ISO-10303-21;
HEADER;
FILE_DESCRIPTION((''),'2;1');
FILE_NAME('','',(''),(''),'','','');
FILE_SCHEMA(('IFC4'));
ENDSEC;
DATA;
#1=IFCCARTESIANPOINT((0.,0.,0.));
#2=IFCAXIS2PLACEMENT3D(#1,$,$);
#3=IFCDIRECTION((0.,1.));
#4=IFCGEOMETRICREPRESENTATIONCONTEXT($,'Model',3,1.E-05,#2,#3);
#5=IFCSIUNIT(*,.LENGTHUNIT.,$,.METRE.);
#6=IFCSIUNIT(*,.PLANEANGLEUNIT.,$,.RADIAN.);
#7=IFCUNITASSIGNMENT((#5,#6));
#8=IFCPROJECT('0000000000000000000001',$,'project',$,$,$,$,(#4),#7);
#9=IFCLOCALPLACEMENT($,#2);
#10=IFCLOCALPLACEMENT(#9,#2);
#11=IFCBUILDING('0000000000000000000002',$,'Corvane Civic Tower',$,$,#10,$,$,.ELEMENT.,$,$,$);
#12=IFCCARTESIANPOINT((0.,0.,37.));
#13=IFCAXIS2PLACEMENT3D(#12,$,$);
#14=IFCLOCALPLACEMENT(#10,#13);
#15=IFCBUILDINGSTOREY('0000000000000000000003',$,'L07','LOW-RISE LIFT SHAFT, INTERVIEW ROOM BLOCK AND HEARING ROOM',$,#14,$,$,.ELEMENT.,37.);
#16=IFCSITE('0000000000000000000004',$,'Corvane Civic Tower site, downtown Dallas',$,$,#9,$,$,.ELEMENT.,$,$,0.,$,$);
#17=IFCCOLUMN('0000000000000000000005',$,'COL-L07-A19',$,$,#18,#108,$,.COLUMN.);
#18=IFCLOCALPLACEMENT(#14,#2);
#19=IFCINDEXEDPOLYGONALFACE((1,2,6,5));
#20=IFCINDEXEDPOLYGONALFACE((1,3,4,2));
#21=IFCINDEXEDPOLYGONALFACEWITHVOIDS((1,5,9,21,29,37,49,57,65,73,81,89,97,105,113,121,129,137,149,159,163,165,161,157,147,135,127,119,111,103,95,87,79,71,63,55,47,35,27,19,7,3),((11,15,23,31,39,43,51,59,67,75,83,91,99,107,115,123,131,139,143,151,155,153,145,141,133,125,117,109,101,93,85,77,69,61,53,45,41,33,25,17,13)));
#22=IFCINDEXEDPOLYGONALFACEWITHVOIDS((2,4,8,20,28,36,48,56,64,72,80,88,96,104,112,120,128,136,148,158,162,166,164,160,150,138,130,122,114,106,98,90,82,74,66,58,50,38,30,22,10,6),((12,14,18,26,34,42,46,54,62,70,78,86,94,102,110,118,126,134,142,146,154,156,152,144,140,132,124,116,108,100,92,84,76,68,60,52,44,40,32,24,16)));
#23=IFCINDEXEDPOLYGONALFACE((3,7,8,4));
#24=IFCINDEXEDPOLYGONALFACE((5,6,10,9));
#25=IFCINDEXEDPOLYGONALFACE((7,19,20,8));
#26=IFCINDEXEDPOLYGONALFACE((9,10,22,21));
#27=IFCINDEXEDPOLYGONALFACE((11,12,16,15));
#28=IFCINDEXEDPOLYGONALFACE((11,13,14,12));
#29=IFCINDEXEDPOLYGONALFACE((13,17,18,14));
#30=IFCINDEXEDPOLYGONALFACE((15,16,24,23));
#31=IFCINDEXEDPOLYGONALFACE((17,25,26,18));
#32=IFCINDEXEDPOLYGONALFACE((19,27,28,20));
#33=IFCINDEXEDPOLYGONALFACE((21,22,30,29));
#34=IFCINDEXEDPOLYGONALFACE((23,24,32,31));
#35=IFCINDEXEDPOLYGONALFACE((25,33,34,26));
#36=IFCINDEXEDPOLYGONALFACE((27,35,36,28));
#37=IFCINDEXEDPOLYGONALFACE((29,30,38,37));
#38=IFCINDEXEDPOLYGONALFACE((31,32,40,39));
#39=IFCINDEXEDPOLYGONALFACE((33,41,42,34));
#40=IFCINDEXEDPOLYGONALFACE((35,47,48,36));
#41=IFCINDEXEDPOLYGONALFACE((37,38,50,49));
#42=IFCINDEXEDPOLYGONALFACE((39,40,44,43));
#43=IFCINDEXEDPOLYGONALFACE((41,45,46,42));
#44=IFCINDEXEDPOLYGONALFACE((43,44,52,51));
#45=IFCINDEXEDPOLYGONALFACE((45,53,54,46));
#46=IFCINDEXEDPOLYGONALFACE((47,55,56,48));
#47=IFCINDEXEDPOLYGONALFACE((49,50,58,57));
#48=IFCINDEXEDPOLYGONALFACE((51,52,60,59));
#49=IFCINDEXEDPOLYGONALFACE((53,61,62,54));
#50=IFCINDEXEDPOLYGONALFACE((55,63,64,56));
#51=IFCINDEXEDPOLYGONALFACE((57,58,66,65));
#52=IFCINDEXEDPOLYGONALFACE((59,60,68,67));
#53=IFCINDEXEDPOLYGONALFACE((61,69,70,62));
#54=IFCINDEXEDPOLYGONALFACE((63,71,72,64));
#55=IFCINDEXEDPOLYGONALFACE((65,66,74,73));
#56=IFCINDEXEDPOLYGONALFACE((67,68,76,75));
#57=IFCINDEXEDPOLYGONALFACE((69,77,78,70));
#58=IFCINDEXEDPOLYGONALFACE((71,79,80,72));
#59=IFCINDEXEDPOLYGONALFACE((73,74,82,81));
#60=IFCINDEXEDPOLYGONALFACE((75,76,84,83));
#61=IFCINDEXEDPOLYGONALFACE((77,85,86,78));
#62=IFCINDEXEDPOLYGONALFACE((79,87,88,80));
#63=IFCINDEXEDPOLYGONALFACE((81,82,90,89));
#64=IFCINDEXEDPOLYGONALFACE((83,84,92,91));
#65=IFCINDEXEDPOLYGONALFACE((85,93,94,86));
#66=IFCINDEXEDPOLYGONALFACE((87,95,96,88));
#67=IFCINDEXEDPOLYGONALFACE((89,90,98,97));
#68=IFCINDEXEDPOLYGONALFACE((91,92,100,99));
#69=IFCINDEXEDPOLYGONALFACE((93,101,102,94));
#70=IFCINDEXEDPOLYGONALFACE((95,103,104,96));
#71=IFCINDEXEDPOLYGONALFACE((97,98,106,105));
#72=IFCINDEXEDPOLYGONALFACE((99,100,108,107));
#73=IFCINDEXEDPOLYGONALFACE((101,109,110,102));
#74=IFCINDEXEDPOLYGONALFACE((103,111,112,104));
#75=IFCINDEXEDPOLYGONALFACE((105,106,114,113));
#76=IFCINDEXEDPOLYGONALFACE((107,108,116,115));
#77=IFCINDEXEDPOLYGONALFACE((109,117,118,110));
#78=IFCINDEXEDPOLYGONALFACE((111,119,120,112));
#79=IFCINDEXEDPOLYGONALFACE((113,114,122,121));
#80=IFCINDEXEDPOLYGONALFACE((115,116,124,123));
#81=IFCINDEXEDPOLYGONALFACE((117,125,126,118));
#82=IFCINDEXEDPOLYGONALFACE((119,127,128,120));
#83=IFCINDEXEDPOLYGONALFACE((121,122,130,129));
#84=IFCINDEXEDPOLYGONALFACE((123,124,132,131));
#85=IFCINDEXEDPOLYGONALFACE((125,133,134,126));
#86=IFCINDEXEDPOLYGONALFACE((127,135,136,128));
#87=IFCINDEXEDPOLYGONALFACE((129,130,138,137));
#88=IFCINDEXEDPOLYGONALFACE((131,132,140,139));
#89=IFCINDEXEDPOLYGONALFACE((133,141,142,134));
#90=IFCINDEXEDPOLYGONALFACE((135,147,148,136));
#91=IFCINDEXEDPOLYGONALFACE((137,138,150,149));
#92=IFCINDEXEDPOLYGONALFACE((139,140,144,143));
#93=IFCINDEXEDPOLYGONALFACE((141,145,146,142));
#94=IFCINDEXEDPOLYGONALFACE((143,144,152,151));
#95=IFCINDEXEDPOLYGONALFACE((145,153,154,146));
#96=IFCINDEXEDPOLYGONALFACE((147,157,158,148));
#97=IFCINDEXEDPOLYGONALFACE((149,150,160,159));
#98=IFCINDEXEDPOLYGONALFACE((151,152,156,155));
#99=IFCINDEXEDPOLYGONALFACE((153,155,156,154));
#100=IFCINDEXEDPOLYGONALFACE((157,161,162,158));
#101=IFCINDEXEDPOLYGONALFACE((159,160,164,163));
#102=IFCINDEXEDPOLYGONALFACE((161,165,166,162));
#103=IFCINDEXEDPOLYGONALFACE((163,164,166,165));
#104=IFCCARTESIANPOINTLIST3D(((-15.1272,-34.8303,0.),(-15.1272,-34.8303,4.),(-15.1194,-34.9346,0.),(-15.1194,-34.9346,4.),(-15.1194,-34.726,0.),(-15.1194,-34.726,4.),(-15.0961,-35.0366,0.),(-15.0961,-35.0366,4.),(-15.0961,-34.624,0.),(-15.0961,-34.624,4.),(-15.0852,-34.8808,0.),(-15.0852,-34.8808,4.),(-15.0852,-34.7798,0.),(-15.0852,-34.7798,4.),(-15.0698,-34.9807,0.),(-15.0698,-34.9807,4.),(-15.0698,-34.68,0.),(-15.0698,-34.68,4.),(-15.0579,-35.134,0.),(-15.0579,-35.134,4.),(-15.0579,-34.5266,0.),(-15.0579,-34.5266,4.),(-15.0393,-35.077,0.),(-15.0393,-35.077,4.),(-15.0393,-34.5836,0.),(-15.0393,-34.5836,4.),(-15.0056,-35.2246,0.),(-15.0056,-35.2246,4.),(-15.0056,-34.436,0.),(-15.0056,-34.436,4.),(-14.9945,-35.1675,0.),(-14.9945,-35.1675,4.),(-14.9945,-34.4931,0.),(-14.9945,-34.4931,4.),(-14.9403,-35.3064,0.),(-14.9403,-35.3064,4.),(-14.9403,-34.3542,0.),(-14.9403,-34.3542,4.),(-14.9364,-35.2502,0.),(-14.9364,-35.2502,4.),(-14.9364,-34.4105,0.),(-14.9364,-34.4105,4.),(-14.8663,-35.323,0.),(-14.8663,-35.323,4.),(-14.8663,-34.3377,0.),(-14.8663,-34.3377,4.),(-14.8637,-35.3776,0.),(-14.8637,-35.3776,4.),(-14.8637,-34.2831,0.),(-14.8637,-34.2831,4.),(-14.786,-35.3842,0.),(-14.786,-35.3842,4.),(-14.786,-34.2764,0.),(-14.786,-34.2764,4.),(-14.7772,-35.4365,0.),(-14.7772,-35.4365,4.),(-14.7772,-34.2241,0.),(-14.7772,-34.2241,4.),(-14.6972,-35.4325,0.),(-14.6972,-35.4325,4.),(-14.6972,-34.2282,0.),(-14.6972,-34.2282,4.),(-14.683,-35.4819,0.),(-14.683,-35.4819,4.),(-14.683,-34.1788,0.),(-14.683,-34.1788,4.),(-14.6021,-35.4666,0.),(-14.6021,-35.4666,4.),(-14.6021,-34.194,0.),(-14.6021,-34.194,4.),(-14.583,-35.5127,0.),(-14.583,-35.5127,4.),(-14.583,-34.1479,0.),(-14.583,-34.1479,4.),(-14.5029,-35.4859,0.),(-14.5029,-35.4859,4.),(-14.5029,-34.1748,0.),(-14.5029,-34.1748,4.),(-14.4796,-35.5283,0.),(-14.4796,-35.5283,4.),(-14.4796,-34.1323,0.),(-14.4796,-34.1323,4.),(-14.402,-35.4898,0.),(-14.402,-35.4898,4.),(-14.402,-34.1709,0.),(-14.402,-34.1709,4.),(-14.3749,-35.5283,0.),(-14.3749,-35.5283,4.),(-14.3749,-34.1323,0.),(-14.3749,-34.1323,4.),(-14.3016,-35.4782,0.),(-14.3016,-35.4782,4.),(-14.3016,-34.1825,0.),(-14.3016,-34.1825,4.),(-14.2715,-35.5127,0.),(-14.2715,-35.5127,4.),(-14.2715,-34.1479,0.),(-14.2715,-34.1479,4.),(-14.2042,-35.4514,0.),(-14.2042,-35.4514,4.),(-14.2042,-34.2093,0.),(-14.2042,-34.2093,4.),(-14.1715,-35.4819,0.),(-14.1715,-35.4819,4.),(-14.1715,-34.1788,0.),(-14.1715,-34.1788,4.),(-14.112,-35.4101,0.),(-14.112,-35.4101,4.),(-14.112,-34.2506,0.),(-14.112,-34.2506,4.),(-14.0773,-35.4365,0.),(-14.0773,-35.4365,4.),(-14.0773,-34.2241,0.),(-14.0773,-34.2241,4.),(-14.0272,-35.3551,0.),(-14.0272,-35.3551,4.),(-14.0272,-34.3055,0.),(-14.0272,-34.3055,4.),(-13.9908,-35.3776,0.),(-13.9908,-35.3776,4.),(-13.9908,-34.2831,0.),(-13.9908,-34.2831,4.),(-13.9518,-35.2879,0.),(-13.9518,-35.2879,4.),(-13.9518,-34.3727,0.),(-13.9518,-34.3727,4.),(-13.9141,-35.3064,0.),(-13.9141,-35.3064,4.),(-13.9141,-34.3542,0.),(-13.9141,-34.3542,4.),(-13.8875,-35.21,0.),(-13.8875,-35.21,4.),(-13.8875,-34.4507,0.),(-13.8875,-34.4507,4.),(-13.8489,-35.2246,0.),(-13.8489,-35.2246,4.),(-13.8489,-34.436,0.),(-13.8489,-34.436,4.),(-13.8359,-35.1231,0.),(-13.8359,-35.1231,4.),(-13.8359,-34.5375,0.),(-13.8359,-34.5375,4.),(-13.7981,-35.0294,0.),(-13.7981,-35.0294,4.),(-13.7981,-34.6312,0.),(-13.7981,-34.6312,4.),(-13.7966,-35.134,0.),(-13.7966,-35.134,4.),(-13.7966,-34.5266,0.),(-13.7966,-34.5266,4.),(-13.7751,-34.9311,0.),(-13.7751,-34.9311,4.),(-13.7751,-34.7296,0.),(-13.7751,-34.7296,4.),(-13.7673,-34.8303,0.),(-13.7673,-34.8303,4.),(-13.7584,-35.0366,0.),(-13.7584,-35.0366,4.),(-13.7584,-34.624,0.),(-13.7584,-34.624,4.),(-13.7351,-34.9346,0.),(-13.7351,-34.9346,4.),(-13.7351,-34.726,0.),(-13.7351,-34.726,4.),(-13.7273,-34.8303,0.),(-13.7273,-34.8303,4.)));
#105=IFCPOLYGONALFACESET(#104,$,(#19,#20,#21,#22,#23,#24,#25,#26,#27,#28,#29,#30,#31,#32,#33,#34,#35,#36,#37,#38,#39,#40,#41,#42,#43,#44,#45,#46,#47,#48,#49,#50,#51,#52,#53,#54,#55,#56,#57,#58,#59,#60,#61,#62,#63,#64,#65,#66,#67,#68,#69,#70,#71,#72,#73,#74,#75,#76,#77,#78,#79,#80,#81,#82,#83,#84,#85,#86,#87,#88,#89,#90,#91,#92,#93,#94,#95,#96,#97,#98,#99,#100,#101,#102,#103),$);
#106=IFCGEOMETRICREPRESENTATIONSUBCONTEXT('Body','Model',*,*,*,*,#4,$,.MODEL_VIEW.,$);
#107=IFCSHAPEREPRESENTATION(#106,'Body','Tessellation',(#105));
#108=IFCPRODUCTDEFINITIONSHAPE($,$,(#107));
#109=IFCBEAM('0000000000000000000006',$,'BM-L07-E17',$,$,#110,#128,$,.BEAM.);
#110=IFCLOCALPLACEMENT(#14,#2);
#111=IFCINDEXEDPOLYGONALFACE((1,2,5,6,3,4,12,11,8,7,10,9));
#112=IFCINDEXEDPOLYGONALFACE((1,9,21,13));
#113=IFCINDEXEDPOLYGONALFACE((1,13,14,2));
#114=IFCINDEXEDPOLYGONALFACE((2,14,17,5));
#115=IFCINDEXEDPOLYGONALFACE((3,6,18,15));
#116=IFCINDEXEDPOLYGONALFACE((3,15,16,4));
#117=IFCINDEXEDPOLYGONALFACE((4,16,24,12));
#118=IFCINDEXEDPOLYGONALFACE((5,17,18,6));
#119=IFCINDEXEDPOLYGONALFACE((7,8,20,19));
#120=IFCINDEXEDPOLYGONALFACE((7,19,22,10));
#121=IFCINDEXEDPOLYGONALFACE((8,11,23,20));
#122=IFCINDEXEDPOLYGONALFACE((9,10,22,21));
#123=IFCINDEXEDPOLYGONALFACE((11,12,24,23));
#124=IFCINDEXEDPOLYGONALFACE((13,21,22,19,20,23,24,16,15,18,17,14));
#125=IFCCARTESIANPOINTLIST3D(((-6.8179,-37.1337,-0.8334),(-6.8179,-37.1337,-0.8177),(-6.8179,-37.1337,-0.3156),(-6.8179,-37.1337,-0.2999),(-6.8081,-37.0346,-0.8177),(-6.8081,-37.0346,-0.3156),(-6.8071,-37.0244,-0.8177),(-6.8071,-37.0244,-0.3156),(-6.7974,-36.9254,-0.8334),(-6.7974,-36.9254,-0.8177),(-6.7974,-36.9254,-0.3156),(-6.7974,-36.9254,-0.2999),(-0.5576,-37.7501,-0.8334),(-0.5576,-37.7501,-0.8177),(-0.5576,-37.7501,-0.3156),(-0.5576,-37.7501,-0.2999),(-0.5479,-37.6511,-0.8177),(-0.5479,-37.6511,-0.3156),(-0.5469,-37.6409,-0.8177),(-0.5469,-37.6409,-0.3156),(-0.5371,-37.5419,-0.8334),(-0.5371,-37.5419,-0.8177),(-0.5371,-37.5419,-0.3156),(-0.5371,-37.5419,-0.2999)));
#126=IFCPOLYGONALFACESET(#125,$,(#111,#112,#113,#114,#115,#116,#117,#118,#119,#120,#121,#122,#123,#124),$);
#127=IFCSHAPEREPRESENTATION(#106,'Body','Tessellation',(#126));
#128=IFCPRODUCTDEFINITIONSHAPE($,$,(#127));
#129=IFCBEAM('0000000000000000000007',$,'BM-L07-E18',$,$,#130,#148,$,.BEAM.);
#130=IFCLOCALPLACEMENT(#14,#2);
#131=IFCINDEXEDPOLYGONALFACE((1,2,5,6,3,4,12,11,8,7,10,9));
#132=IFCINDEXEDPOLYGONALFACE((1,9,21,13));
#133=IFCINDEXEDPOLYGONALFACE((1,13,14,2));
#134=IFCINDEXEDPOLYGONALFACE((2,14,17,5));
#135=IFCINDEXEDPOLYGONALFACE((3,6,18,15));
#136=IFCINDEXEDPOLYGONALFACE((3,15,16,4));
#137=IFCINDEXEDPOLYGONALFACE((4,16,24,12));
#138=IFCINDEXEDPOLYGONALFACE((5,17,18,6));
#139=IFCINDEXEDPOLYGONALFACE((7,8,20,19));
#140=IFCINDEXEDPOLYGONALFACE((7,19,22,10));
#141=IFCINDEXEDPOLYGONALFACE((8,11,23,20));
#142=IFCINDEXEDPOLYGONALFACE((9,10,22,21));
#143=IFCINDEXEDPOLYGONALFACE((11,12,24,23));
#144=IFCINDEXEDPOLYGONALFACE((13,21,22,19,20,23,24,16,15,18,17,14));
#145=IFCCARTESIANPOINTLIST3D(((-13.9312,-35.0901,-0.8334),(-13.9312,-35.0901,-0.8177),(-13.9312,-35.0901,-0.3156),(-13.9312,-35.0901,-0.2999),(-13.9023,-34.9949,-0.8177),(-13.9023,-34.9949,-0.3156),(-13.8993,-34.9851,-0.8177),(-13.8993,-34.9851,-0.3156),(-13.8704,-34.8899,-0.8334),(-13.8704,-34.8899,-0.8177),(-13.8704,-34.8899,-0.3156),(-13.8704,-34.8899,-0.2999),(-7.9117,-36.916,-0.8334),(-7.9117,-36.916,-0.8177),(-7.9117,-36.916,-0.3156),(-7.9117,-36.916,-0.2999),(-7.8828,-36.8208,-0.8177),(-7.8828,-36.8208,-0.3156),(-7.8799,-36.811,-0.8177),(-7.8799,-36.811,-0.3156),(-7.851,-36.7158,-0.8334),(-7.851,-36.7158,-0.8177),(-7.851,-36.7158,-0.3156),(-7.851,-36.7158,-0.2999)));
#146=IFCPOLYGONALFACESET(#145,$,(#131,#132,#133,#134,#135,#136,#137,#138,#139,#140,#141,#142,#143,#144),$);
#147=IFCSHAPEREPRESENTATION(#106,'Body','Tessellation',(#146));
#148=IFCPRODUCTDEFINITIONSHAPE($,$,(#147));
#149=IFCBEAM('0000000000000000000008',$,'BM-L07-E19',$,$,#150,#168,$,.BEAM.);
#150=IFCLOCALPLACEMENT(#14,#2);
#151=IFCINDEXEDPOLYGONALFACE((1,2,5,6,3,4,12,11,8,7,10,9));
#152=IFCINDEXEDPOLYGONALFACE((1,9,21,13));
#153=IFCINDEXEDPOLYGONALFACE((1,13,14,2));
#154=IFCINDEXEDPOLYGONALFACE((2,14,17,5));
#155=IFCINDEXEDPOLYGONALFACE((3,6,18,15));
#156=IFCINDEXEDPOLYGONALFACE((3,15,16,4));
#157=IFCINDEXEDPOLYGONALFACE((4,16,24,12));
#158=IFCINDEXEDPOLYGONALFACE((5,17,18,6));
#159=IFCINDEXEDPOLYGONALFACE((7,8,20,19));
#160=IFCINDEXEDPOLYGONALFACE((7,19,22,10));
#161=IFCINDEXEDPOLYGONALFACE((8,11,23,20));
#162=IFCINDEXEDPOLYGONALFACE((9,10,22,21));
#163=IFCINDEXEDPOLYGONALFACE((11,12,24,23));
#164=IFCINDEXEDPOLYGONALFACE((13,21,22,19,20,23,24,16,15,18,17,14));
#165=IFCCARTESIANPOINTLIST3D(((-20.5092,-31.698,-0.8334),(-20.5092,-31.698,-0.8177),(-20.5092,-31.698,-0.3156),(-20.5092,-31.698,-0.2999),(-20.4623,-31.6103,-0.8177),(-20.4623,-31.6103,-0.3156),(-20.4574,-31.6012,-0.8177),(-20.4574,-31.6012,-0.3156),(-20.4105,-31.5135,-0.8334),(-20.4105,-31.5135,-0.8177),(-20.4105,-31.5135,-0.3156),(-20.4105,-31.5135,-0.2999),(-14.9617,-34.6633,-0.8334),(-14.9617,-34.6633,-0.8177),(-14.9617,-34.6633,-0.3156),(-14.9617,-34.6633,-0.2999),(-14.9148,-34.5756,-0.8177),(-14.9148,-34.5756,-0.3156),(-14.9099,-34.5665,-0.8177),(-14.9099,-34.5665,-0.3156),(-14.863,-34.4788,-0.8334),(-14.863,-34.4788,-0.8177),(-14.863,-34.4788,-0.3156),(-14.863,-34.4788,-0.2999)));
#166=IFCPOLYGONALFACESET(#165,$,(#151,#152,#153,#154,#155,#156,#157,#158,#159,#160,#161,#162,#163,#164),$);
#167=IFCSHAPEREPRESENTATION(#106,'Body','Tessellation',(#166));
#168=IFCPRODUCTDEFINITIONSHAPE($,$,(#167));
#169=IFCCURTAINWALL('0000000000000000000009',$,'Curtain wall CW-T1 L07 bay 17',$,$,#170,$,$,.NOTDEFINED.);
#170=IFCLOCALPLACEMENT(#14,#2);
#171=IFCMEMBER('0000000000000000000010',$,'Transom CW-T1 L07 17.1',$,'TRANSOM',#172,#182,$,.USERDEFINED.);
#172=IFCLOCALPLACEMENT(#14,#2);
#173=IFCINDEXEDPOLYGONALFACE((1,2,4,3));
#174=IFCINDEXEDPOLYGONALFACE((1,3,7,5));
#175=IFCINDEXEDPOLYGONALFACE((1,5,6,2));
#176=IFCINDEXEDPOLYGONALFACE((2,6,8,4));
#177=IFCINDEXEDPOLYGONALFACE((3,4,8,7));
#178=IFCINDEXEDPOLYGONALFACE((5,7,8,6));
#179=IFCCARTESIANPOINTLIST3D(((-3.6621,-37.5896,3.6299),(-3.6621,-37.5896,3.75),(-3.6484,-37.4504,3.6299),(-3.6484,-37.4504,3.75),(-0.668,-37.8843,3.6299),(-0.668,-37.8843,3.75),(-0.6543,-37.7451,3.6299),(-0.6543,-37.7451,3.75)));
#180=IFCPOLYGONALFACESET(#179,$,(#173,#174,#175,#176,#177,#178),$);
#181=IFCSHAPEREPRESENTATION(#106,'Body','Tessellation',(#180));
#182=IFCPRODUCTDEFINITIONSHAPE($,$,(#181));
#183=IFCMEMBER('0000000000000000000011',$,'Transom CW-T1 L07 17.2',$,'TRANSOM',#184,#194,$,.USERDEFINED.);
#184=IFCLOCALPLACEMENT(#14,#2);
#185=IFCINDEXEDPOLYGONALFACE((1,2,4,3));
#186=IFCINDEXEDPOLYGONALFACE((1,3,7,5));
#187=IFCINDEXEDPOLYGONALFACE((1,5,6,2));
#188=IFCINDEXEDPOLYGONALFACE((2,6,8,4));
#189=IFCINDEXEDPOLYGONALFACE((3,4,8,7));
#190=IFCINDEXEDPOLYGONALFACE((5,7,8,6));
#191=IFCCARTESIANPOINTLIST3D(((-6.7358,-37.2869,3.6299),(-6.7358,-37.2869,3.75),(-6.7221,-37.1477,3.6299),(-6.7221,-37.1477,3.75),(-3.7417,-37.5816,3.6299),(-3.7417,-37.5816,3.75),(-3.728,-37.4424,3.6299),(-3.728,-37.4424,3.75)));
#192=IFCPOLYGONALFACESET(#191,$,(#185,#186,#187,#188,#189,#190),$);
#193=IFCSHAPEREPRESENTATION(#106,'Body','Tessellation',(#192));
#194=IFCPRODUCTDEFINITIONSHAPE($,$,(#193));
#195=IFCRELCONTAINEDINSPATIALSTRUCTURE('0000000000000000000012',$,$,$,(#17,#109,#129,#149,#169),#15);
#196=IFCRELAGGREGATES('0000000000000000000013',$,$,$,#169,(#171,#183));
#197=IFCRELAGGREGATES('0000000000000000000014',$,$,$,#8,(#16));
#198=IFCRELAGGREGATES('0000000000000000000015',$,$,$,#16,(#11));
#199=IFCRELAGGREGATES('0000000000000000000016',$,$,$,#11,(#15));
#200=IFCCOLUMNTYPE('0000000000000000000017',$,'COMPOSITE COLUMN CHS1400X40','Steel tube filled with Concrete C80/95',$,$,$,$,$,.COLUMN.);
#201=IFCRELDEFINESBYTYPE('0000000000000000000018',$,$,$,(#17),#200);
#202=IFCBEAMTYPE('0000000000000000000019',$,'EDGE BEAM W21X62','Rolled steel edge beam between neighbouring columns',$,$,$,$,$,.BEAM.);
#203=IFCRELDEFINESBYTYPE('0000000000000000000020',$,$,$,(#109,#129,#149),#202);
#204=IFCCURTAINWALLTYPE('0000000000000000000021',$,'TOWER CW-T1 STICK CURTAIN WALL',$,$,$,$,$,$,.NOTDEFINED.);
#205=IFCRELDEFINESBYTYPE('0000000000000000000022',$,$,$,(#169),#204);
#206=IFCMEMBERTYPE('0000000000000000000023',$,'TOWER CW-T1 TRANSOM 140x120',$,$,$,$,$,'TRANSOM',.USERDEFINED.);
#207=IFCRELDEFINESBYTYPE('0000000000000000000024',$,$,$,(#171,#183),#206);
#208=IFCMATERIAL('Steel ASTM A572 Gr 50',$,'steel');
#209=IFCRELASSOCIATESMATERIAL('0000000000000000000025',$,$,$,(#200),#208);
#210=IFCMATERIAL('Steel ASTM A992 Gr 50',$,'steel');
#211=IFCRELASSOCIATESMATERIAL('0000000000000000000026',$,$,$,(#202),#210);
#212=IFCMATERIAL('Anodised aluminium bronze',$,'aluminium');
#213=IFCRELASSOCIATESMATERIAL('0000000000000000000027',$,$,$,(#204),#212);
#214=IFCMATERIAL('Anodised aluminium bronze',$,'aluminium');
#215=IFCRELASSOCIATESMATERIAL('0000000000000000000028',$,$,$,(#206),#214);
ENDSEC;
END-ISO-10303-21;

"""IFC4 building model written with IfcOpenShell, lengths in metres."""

from ifc_helpers import new_model, si_unit, direction, frame, origin, origin_2d, place, context, subcontext, project, spatial, rectangle, hollow_circle, i_section, extrude, material, material_profile, profile_set, type_object, element, aggregate, save


model = new_model("IFC4")

# Units and contexts
model_context = context("Model", 3, precision=1e-05, world=origin(), true_north=direction((0.0, 1.0)))
body_context = subcontext(model_context, "Body", "Model", "MODEL_VIEW")
ifc_project = project(units=[si_unit("LENGTHUNIT", "METRE"), si_unit("PLANEANGLEUNIT", "RADIAN")], contexts=[model_context])

# Site, building, storey
site_placement = place(None, origin())
site = spatial("IfcSite", under=ifc_project, at=site_placement, Name="Corvane Civic Tower site, downtown Dallas", CompositionType="ELEMENT", RefElevation=0.0)
building_placement = place(site_placement, origin())
building = spatial("IfcBuilding", under=site, at=building_placement, Name="Corvane Civic Tower", CompositionType="ELEMENT")
storey_placement = place(building_placement, frame((0.0, 0.0, 37.0)))
storey = spatial("IfcBuildingStorey", under=building, at=storey_placement, Name="L07", Description="LOW-RISE LIFT SHAFT, INTERVIEW ROOM BLOCK AND HEARING ROOM", CompositionType="ELEMENT", Elevation=37.0)

# Column
ifc_material_1 = material(Name="Steel ASTM A572 Gr 50", Category="steel")
ifc_material_profile_1 = material_profile(ifc_material_1, hollow_circle(Radius=0.7, WallThickness=0.04, at=origin_2d()), Name="CHS1400X40")
ifc_profile_set_1 = profile_set([ifc_material_profile_1], Name="Steel ASTM A572 Gr 50")
column_type = type_object("IfcColumnType", Name="COMPOSITE COLUMN CHS1400X40", Description="Steel tube filled with Concrete C80/95", PredefinedType="COLUMN", material=ifc_profile_set_1)
for number, where, z_axis, x_axis, name in (
    (1, (-14.4272, -34.8303, 0.0), (0.0, 0.0, 1.0), (1.0, 0.0, 0.0), "COL-L07-A19"),
):
    element("IfcColumn", number, at=place(storey_placement, frame(where, z_axis=z_axis, x_axis=x_axis)), inside=storey, type_object=column_type, Name=name, PredefinedType="COLUMN", context=body_context, shape_type="SweptSolid", body=[
        extrude(hollow_circle(Radius=0.7, WallThickness=0.04, at=origin_2d()), origin(), (0.0, 0.0, 1.0), 4.0),
    ])

# Beams
ifc_material_2 = material(Name="Steel ASTM A992 Gr 50", Category="steel")
ifc_material_profile_2 = material_profile(ifc_material_2, i_section(OverallWidth=0.2092, OverallDepth=0.5334, WebThickness=0.0103, FlangeThickness=0.0156, at=origin_2d()), Name="W21X62")
ifc_profile_set_2 = profile_set([ifc_material_profile_2], Name="Steel ASTM A992 Gr 50")
beam_type = type_object("IfcBeamType", Name="EDGE BEAM W21X62", Description="Rolled steel edge beam between neighbouring columns", PredefinedType="BEAM", material=ifc_profile_set_2)
beam_placement = place(storey_placement, frame((-0.5474, -37.646, -0.5667), z_axis=(-0.995187, 0.097997, 0.0), x_axis=(-0.097997, -0.995187, 0.0)))
element("IfcBeam", 2, at=beam_placement, inside=storey, type_object=beam_type, Name="BM-L07-E17", PredefinedType="BEAM", context=body_context, shape_type="SweptSolid", body=[
    extrude(i_section(OverallWidth=0.2092, OverallDepth=0.5334, WebThickness=0.0103, FlangeThickness=0.0156, at=origin_2d()), origin(), (0.0, 0.0, 1.0), 6.2905),
])
for number, where, z_axis, x_axis, name in (
    (3, (-7.8813, -36.8159, -0.5667), (-0.956944, 0.290273, 0.0), (-0.290273, -0.956944, 0.0), "BM-L07-E18"),
    (4, (-14.9124, -34.571, -0.5667), (-0.881916, 0.471406, 0.0), (-0.471406, -0.881916, 0.0), "BM-L07-E19"),
):
    element("IfcBeam", number, at=place(storey_placement, frame(where, z_axis=z_axis, x_axis=x_axis)), inside=storey, type_object=beam_type, Name=name, PredefinedType="BEAM", context=body_context, shape_type="SweptSolid", body=[
        extrude(i_section(OverallWidth=0.2092, OverallDepth=0.5334, WebThickness=0.0103, FlangeThickness=0.0156, at=origin_2d()), origin(), (0.0, 0.0, 1.0), 6.2903),
    ])

# Curtain wall, members
ifc_material_3 = material(Name="Anodised aluminium bronze", Category="aluminium")
curtain_wall_type = type_object("IfcCurtainWallType", Name="TOWER CW-T1 STICK CURTAIN WALL", PredefinedType="NOTDEFINED", material=ifc_material_3)
curtain_wall_1_placement = place(storey_placement, origin())
curtain_wall_1 = element("IfcCurtainWall", 5, at=curtain_wall_1_placement, inside=storey, type_object=curtain_wall_type, Name="Curtain wall CW-T1 L07 bay 17", PredefinedType="NOTDEFINED")
ifc_material_4 = material(Name="Anodised aluminium bronze", Category="aluminium")
ifc_material_profile_3 = material_profile(ifc_material_4, rectangle(XDim=0.1399, YDim=0.1201, at=origin_2d()), Name="TOWER CW-T1 TRANSOM 140x120")
ifc_profile_set_3 = profile_set([ifc_material_profile_3], Name="Anodised aluminium bronze")
member_type_1 = type_object("IfcMemberType", Name="TOWER CW-T1 TRANSOM 140x120", ElementType="TRANSOM", PredefinedType="USERDEFINED", material=ifc_profile_set_3)
member_1_placement = place(storey_placement, frame((-0.6611, -37.8147, 3.6899), z_axis=(-0.995192, 0.097945, 0.0), x_axis=(-0.097945, -0.995192, 0.0)))
member_1 = element("IfcMember", 6, at=member_1_placement, type_object=member_type_1, Name="Transom CW-T1 L07 17.1", ObjectType="TRANSOM", PredefinedType="USERDEFINED", context=body_context, shape_type="SweptSolid", body=[
    extrude(rectangle(XDim=0.1399, YDim=0.1201, at=origin_2d()), origin(), (0.0, 0.0, 1.0), 3.0085),
])
member_2_placement = place(storey_placement, frame((-3.7349, -37.512, 3.6899), z_axis=(-0.995192, 0.097945, 0.0), x_axis=(-0.097945, -0.995192, 0.0)))
member_2 = element("IfcMember", 7, at=member_2_placement, type_object=member_type_1, Name="Transom CW-T1 L07 17.2", ObjectType="TRANSOM", PredefinedType="USERDEFINED", context=body_context, shape_type="SweptSolid", body=[
    extrude(rectangle(XDim=0.1399, YDim=0.1201, at=origin_2d()), origin(), (0.0, 0.0, 1.0), 3.0085),
])

aggregate(curtain_wall_1, [member_1, member_2])

save(model, "model.ifc")
